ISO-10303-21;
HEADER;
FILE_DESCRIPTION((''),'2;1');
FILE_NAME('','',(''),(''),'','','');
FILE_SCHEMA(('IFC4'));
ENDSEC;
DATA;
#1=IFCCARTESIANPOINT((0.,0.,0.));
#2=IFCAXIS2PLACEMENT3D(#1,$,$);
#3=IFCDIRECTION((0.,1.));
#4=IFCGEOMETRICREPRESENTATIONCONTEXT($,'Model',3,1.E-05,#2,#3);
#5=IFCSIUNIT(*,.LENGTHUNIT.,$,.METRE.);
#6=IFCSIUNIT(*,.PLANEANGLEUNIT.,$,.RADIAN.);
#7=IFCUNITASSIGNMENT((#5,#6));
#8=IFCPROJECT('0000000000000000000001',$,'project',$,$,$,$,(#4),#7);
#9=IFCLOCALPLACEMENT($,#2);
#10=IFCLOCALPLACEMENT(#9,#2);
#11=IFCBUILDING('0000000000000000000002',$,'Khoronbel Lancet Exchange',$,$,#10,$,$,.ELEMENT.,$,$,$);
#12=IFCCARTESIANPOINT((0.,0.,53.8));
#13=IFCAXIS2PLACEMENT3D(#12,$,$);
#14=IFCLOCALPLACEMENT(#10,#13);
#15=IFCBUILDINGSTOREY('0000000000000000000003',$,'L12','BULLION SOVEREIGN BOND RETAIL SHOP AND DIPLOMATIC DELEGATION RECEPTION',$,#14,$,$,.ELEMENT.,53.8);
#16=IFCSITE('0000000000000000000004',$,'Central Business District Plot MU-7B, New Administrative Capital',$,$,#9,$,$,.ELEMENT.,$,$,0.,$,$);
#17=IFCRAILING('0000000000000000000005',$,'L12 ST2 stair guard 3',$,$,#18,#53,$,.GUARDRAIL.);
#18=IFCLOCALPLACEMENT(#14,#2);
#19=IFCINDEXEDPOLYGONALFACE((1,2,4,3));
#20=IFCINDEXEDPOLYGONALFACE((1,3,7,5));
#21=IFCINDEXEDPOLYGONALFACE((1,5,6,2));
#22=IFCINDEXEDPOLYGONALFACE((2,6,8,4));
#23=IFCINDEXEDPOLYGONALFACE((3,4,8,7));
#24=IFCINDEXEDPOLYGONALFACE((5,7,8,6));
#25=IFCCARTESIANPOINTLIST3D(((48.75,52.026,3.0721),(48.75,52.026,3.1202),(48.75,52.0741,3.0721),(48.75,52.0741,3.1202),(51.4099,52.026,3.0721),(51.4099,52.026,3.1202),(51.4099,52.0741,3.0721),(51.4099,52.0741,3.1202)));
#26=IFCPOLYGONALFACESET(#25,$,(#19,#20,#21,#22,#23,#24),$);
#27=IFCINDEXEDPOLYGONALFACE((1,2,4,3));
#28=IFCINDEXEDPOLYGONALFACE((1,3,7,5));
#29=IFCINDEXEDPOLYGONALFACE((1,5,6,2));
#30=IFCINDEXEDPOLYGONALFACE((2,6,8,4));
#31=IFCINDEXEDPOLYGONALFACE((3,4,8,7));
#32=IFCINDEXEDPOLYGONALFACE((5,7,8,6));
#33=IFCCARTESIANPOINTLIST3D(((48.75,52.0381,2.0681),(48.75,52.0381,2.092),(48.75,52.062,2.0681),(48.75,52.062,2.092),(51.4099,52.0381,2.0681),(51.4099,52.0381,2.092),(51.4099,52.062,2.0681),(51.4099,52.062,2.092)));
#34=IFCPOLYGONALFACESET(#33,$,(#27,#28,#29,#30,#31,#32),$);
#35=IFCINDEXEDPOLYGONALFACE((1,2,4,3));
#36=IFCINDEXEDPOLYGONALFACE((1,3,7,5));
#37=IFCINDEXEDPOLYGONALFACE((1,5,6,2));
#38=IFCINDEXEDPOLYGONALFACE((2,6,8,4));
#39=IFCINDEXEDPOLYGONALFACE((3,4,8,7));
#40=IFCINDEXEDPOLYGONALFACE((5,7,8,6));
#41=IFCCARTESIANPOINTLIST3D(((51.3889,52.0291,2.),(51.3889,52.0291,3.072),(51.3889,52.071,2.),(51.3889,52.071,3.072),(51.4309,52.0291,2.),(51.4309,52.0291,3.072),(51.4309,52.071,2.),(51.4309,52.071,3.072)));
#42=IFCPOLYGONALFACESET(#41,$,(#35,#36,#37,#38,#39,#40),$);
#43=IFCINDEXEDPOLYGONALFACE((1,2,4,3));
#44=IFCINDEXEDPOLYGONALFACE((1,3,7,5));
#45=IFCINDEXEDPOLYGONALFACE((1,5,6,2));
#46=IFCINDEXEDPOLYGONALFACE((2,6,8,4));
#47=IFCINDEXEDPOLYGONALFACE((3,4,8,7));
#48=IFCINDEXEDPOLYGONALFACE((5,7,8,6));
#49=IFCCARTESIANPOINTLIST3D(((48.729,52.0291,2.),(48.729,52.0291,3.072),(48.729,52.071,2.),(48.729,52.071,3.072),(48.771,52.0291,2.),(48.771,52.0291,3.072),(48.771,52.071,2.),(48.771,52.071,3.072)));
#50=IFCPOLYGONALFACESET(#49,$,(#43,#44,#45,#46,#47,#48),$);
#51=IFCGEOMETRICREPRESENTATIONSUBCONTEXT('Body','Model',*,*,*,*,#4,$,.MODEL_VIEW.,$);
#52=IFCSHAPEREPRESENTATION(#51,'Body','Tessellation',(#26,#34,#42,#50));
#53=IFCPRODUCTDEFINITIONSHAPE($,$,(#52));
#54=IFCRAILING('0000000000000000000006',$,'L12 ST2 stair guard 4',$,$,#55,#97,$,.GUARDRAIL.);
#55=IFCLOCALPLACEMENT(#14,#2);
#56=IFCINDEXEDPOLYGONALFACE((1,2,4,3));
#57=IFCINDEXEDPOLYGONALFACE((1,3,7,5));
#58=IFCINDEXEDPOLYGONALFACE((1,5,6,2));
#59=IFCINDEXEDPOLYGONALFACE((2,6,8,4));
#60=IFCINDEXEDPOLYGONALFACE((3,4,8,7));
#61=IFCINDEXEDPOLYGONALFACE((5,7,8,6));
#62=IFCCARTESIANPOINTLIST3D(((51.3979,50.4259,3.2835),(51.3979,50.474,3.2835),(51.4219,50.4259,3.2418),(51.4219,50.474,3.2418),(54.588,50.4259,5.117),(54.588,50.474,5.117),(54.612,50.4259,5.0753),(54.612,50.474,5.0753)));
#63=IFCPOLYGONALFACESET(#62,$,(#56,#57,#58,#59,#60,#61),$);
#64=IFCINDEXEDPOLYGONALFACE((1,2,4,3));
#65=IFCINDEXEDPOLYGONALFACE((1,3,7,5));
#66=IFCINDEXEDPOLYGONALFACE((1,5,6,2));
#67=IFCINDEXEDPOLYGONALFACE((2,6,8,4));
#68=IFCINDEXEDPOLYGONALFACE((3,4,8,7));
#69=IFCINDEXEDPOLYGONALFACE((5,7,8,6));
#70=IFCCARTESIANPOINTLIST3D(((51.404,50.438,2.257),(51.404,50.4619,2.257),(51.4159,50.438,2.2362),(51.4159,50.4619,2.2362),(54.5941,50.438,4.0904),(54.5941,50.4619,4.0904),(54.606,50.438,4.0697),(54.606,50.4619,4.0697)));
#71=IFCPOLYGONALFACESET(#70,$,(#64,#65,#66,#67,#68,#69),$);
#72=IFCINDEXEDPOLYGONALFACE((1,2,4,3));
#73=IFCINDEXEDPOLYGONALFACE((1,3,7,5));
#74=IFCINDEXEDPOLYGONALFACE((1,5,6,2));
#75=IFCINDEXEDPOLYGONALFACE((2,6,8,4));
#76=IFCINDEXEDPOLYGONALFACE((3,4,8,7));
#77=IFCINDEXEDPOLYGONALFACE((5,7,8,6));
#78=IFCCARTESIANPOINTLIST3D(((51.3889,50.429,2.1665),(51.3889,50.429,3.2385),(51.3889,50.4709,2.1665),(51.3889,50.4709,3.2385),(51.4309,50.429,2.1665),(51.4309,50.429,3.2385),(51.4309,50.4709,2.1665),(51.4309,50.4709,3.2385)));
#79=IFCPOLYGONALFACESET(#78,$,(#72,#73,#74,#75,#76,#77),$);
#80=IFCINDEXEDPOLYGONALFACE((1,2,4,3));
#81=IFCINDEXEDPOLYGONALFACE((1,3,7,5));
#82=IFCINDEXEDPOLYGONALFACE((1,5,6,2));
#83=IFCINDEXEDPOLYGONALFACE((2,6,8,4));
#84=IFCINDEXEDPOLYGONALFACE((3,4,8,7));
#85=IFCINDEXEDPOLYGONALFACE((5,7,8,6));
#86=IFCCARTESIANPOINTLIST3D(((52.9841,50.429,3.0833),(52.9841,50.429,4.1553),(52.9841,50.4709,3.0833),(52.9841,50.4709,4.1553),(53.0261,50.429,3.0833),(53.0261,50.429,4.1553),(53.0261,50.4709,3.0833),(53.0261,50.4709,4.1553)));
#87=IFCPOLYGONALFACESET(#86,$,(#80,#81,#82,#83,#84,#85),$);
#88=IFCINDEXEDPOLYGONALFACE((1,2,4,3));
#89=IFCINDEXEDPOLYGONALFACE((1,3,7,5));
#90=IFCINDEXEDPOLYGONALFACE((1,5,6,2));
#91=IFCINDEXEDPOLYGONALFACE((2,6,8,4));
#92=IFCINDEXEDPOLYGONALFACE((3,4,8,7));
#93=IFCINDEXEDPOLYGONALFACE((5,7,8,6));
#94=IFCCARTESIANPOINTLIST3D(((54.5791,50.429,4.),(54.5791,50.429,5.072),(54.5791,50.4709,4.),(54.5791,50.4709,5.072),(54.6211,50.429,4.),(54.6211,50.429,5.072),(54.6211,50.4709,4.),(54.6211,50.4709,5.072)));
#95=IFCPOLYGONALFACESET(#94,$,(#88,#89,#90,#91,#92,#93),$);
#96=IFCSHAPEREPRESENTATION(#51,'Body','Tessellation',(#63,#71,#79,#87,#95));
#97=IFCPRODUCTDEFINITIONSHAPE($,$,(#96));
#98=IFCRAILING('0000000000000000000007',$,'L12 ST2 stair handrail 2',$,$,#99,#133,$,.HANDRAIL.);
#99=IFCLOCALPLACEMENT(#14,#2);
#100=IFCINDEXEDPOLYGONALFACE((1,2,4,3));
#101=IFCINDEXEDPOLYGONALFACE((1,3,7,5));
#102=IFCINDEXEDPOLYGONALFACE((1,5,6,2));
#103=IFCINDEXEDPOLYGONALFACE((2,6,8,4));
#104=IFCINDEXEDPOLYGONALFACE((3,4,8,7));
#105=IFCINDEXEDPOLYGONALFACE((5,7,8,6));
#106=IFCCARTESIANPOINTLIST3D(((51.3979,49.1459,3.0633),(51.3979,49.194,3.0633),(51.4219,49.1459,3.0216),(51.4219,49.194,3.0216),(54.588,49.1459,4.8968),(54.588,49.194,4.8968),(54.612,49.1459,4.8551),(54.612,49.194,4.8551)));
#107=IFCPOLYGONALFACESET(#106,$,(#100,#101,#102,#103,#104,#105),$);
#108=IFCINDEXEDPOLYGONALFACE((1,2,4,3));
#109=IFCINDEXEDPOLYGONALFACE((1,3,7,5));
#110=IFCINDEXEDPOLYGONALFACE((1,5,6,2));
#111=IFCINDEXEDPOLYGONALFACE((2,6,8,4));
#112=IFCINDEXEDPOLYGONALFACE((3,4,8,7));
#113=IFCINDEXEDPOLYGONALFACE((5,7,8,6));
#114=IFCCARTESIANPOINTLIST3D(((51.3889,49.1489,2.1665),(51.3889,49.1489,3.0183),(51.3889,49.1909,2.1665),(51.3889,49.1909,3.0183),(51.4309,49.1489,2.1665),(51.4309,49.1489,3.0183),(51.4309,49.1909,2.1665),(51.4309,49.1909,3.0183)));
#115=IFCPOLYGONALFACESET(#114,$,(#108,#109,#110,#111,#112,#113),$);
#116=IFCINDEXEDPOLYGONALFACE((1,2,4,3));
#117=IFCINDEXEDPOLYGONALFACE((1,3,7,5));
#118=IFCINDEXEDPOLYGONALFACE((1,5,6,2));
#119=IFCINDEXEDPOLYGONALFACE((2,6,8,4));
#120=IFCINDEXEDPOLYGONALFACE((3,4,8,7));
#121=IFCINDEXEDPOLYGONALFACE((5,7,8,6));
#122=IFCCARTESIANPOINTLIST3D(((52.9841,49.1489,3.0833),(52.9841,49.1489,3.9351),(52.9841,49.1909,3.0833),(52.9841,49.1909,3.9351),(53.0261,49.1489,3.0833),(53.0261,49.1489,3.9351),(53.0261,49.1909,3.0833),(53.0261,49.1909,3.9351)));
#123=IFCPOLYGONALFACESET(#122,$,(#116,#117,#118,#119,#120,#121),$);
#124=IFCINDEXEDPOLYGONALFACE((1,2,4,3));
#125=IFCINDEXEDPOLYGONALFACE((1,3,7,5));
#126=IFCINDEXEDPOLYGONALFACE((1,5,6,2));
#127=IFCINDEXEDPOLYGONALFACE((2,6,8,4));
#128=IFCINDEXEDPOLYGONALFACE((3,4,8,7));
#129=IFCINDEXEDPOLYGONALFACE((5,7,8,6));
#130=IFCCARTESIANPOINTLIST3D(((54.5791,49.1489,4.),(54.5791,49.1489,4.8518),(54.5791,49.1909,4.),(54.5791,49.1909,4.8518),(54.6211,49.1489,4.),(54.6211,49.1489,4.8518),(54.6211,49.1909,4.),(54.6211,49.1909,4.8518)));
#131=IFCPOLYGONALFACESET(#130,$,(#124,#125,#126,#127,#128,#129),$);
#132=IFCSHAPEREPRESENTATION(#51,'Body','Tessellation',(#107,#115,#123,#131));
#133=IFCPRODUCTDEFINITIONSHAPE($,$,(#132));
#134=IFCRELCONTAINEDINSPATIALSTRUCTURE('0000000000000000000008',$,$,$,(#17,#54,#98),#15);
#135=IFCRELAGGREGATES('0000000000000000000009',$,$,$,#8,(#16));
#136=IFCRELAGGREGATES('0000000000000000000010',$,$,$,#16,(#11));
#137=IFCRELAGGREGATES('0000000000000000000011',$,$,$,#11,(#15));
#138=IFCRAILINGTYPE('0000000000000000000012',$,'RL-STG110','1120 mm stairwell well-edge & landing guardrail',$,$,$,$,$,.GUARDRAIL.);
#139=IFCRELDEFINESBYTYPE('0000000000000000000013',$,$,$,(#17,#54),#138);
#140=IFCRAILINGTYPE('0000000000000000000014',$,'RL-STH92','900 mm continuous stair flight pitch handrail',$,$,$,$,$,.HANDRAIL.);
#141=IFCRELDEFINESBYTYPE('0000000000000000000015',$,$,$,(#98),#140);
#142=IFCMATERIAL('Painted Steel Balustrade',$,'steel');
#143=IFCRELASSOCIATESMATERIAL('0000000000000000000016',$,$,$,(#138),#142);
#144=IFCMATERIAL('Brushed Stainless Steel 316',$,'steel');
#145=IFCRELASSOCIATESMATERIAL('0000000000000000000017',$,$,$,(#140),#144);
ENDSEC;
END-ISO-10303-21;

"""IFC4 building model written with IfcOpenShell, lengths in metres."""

from ifc_helpers import new_model, si_unit, direction, frame, origin, origin_2d, place, context, subcontext, project, spatial, rectangle, extrude, material, type_object, element, save


model = new_model("IFC4")

# Units and contexts
model_context = context("Model", 3, precision=1e-05, world=origin(), true_north=direction((0.0, 1.0)))
body_context = subcontext(model_context, "Body", "Model", "MODEL_VIEW")
ifc_project = project(units=[si_unit("LENGTHUNIT", "METRE"), si_unit("PLANEANGLEUNIT", "RADIAN")], contexts=[model_context])

# Site, building, storey
site_placement = place(None, origin())
site = spatial("IfcSite", under=ifc_project, at=site_placement, Name="Central Business District Plot MU-7B, New Administrative Capital", CompositionType="ELEMENT", RefElevation=0.0)
building_placement = place(site_placement, origin())
building = spatial("IfcBuilding", under=site, at=building_placement, Name="Khoronbel Lancet Exchange", CompositionType="ELEMENT")
storey_placement = place(building_placement, frame((0.0, 0.0, 53.8)))
storey = spatial("IfcBuildingStorey", under=building, at=storey_placement, Name="L12", Description="BULLION SOVEREIGN BOND RETAIL SHOP AND DIPLOMATIC DELEGATION RECEPTION", CompositionType="ELEMENT", Elevation=53.8)

# Railings
ifc_material_1 = material(Name="Painted Steel Balustrade", Category="steel")
railing_type_1 = type_object("IfcRailingType", Name="RL-STG110", Description="1120 mm stairwell well-edge & landing guardrail", PredefinedType="GUARDRAIL", material=ifc_material_1)
railing_1_placement = place(storey_placement, frame((51.4099, 52.05, 2.0)))
element("IfcRailing", 1, at=railing_1_placement, inside=storey, type_object=railing_type_1, Name="L12 ST2 stair guard 3", PredefinedType="GUARDRAIL", context=body_context, shape_type="SweptSolid", body=[
    extrude(rectangle(XDim=0.0481, YDim=0.0481, at=origin_2d()), frame((0.0, 0.0, 1.0962), z_axis=(-1.0, 0.0, 0.0), x_axis=(0.0, -1.0, 0.0)), (0.0, 0.0, 1.0), 2.6599),
    extrude(rectangle(XDim=0.0239, YDim=0.0239, at=origin_2d()), frame((0.0, 0.0, 0.0801), z_axis=(-1.0, 0.0, 0.0), x_axis=(0.0, -1.0, 0.0)), (0.0, 0.0, 1.0), 2.6599),
    extrude(rectangle(XDim=0.042, YDim=0.042, at=origin_2d()), origin(), (0.0, 0.0, 1.0), 1.072),
    extrude(rectangle(XDim=0.042, YDim=0.042, at=origin_2d()), frame((-2.6599, 0.0, 0.0)), (0.0, 0.0, 1.0), 1.072),
])
railing_2_placement = place(storey_placement, frame((51.4099, 50.45, 2.1665)))
element("IfcRailing", 2, at=railing_2_placement, inside=storey, type_object=railing_type_1, Name="L12 ST2 stair guard 4", PredefinedType="GUARDRAIL", context=body_context, shape_type="SweptSolid", body=[
    extrude(rectangle(XDim=0.0481, YDim=0.0481, at=origin_2d()), frame((0.0, 0.0, 1.0962), z_axis=(0.867007, 0.0, 0.498295), x_axis=(0.0, 1.0, 0.0)), (0.0, 0.0, 1.0), 3.6794),
    extrude(rectangle(XDim=0.0239, YDim=0.0239, at=origin_2d()), frame((0.0, 0.0, 0.0801), z_axis=(0.867007, 0.0, 0.498295), x_axis=(0.0, 1.0, 0.0)), (0.0, 0.0, 1.0), 3.6794),
    extrude(rectangle(XDim=0.042, YDim=0.042, at=origin_2d()), origin(), (0.0, 0.0, 1.0), 1.072),
    extrude(rectangle(XDim=0.042, YDim=0.042, at=origin_2d()), frame((1.5952, 0.0, 0.9167)), (0.0, 0.0, 1.0), 1.072),
    extrude(rectangle(XDim=0.042, YDim=0.042, at=origin_2d()), frame((3.1902, 0.0, 1.8335)), (0.0, 0.0, 1.0), 1.072),
])
ifc_material_2 = material(Name="Brushed Stainless Steel 316", Category="steel")
railing_type_2 = type_object("IfcRailingType", Name="RL-STH92", Description="900 mm continuous stair flight pitch handrail", PredefinedType="HANDRAIL", material=ifc_material_2)
railing_3_placement = place(storey_placement, frame((51.4099, 49.1699, 2.1665)))
element("IfcRailing", 3, at=railing_3_placement, inside=storey, type_object=railing_type_2, Name="L12 ST2 stair handrail 2", PredefinedType="HANDRAIL", context=body_context, shape_type="SweptSolid", body=[
    extrude(rectangle(XDim=0.0481, YDim=0.0481, at=origin_2d()), frame((0.0, 0.0, 0.876), z_axis=(0.867007, 0.0, 0.498295), x_axis=(0.0, 1.0, 0.0)), (0.0, 0.0, 1.0), 3.6794),
    extrude(rectangle(XDim=0.042, YDim=0.042, at=origin_2d()), origin(), (0.0, 0.0, 1.0), 0.8518),
    extrude(rectangle(XDim=0.042, YDim=0.042, at=origin_2d()), frame((1.5952, 0.0, 0.9167)), (0.0, 0.0, 1.0), 0.8518),
    extrude(rectangle(XDim=0.042, YDim=0.042, at=origin_2d()), frame((3.1902, 0.0, 1.8335)), (0.0, 0.0, 1.0), 0.8518),
])

save(model, "model.ifc")
